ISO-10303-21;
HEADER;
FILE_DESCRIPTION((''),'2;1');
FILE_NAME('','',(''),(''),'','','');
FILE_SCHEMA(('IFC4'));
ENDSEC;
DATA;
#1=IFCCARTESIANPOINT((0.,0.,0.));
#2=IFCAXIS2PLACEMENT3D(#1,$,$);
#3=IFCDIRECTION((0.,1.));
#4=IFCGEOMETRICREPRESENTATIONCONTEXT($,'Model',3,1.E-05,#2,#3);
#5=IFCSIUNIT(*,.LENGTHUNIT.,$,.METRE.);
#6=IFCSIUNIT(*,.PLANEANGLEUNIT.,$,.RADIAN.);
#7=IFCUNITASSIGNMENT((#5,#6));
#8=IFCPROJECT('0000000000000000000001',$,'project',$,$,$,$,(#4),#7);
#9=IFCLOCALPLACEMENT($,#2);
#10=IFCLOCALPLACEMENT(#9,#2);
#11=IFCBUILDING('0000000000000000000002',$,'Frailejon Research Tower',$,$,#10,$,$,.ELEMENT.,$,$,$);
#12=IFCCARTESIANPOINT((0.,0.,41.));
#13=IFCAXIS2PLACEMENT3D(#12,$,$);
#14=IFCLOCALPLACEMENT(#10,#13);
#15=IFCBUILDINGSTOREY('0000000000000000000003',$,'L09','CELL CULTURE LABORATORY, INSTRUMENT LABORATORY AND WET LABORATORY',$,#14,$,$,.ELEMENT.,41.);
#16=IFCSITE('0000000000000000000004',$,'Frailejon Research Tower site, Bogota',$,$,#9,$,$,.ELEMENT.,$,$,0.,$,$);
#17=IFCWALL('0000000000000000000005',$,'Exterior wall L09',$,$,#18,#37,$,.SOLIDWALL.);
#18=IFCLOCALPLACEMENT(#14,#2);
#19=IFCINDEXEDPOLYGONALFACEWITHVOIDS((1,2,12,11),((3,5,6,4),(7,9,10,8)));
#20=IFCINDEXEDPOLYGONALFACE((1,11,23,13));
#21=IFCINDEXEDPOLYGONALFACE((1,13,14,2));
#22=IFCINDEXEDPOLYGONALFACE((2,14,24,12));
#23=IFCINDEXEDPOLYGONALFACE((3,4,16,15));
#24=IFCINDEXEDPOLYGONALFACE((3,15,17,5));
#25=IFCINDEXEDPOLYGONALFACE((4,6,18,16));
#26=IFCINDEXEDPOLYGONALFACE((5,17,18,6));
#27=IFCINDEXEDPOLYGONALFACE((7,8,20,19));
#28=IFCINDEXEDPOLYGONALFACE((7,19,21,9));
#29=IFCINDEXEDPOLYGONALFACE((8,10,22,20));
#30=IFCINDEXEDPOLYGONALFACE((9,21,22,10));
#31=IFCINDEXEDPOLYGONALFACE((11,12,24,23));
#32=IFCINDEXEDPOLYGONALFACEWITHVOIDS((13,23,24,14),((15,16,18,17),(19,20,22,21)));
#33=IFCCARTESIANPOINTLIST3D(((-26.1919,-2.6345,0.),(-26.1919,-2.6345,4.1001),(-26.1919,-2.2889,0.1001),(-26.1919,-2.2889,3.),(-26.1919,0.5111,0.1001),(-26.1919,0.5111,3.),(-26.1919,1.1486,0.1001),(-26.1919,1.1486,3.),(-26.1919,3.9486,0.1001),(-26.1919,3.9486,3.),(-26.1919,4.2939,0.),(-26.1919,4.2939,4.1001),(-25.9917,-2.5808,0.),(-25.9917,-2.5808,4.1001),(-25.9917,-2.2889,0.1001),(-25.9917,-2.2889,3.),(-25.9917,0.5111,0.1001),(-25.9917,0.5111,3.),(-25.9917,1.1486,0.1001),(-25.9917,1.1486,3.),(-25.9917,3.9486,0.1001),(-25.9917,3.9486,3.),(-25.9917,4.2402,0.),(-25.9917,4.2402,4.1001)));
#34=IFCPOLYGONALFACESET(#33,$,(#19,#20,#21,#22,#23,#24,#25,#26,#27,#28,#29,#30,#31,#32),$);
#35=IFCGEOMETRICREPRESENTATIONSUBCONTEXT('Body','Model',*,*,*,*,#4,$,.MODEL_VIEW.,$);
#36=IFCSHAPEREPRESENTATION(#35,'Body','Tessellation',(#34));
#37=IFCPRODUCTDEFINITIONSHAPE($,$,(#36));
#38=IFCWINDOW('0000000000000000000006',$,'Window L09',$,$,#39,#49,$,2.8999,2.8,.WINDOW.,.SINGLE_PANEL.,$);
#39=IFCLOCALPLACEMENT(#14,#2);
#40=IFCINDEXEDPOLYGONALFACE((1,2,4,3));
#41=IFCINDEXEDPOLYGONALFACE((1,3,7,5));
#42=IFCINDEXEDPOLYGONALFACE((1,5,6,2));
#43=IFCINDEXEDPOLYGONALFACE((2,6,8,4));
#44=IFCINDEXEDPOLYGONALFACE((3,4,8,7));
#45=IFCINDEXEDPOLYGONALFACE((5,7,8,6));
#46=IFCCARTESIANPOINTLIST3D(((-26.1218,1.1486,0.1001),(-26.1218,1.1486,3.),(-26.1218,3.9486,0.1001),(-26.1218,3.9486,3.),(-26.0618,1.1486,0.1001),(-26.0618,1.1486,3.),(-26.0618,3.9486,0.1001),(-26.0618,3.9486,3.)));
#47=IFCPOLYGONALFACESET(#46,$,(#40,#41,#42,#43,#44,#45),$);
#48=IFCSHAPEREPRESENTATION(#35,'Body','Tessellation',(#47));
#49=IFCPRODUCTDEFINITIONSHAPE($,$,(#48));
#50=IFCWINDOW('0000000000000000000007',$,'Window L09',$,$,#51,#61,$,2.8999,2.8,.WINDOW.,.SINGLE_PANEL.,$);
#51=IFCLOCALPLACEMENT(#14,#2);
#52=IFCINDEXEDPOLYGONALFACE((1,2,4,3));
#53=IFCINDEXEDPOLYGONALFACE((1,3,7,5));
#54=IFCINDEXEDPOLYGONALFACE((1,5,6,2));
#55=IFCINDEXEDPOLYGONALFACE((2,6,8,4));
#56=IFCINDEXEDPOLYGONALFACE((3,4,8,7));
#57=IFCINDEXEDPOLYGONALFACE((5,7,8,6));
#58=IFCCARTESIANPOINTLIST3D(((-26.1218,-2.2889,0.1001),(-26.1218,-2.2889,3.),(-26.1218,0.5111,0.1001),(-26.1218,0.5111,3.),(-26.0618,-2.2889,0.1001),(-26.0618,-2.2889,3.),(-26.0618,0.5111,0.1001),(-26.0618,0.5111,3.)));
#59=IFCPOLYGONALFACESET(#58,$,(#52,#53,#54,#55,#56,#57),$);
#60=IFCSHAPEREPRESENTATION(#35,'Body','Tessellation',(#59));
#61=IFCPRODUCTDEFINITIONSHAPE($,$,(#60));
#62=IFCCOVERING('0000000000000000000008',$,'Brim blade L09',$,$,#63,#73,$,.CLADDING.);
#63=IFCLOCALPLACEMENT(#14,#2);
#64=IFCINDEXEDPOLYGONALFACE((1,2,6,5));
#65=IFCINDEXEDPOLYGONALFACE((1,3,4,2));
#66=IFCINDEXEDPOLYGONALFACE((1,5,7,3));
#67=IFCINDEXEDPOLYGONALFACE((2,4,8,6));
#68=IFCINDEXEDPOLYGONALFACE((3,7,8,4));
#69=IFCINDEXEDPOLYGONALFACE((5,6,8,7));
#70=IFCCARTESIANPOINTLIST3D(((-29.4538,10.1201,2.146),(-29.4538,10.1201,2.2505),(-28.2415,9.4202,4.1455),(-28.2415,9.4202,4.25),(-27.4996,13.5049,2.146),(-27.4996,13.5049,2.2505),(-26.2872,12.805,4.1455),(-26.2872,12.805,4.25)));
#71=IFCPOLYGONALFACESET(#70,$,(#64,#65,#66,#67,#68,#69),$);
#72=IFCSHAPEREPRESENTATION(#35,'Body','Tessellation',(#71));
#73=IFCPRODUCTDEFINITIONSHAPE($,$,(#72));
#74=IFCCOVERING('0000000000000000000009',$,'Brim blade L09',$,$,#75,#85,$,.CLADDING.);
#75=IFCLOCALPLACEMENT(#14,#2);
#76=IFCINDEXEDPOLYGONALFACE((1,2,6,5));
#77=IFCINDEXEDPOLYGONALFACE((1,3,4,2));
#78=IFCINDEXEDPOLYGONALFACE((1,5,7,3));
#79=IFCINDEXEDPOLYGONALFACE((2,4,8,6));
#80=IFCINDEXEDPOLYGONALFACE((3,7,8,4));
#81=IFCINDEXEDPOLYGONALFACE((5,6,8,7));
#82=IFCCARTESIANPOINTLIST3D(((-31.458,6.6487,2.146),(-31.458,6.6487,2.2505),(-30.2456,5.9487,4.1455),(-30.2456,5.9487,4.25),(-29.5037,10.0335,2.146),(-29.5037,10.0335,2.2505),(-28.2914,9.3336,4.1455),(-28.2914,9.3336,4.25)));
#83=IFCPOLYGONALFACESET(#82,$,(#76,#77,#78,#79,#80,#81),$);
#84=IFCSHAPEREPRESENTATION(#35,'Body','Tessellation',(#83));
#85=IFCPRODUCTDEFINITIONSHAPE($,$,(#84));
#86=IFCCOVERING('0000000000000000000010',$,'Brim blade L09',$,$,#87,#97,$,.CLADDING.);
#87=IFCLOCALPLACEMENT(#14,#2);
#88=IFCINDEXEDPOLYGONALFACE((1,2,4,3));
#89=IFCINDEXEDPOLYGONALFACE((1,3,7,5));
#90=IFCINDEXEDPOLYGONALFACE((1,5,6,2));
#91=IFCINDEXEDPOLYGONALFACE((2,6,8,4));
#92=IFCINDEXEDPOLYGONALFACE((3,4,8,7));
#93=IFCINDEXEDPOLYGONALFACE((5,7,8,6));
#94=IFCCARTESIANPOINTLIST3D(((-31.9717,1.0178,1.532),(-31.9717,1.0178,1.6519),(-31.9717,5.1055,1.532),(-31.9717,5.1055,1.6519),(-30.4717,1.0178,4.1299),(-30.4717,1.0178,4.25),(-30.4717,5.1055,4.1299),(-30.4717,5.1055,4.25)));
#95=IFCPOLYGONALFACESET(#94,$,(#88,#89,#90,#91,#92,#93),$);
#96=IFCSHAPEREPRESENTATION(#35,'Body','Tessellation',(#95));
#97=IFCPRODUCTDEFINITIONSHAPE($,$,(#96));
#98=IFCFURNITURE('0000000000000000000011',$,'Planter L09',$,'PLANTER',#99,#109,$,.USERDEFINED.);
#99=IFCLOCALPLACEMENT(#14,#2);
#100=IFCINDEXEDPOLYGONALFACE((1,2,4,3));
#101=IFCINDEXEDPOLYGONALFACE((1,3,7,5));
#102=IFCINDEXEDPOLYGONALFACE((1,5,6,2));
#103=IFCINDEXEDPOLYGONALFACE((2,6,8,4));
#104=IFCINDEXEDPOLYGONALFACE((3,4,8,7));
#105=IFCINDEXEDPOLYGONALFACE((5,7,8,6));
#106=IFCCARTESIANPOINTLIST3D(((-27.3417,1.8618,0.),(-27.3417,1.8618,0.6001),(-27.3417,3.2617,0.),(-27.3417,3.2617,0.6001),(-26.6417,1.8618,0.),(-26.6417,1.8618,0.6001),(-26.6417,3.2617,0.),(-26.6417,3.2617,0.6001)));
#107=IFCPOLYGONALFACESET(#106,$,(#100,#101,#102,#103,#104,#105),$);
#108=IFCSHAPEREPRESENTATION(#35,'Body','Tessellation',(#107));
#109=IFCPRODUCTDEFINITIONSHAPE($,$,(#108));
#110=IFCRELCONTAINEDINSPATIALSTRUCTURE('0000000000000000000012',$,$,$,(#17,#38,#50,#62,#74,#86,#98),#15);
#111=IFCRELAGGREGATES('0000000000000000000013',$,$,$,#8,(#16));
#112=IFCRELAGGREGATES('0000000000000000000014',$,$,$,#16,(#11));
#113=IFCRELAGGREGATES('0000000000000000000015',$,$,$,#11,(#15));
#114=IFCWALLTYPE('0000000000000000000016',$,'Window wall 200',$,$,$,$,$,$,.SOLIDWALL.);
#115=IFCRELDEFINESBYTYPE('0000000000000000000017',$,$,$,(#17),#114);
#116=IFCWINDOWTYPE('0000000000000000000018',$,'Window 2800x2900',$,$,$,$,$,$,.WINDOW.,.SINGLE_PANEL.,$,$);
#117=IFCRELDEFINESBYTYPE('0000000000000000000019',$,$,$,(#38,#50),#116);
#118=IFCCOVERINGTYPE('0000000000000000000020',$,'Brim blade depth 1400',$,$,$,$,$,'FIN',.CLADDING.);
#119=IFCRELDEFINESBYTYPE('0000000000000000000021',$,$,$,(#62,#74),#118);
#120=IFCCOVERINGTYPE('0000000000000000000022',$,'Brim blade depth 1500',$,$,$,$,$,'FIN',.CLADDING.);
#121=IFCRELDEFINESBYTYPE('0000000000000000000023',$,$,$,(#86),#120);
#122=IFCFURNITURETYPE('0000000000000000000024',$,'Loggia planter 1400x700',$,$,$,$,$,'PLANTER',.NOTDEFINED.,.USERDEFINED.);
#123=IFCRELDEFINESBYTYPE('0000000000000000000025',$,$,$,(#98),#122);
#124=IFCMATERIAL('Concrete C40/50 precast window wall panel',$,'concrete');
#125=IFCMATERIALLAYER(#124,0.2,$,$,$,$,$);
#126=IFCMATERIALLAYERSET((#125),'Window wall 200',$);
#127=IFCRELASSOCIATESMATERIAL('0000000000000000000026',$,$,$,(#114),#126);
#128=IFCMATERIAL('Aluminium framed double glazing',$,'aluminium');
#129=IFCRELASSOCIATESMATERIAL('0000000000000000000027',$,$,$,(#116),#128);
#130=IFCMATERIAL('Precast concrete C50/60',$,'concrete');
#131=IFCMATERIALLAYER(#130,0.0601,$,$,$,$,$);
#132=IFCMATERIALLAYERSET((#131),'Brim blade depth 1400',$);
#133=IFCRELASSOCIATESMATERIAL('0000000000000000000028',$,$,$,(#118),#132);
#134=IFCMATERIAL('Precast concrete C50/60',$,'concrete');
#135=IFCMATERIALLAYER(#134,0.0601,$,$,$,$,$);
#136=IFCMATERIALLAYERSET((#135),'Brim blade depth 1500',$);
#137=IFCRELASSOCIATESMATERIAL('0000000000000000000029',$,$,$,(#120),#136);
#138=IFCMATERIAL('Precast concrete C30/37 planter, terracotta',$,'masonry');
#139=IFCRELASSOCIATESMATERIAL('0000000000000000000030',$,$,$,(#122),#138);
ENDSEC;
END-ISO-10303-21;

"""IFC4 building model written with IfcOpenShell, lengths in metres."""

from ifc_helpers import new_model, si_unit, direction, frame, frame_2d, origin, origin_2d, place, context, subcontext, project, spatial, polyline, rectangle, outline, extrude, material, layer, layer_set, type_object, element, fill, save


model = new_model("IFC4")

# Units and contexts
model_context = context("Model", 3, precision=1e-05, world=origin(), true_north=direction((0.0, 1.0)))
body_context = subcontext(model_context, "Body", "Model", "MODEL_VIEW")
ifc_project = project(units=[si_unit("LENGTHUNIT", "METRE"), si_unit("PLANEANGLEUNIT", "RADIAN")], contexts=[model_context])

# Site, building, storey
site_placement = place(None, origin())
site = spatial("IfcSite", under=ifc_project, at=site_placement, Name="Frailejon Research Tower site, Bogota", CompositionType="ELEMENT", RefElevation=0.0)
building_placement = place(site_placement, origin())
building = spatial("IfcBuilding", under=site, at=building_placement, Name="Frailejon Research Tower", CompositionType="ELEMENT")
storey_placement = place(building_placement, frame((0.0, 0.0, 41.0)))
storey = spatial("IfcBuildingStorey", under=building, at=storey_placement, Name="L09", Description="CELL CULTURE LABORATORY, INSTRUMENT LABORATORY AND WET LABORATORY", CompositionType="ELEMENT", Elevation=41.0)

# Wall, openings, windows
ifc_material_1 = material(Name="Concrete C40/50 precast window wall panel", Category="concrete")
ifc_layer_1 = layer(ifc_material_1, 0.2)
ifc_layer_set_1 = layer_set([ifc_layer_1], Name="Window wall 200")
wall_type = type_object("IfcWallType", Name="Window wall 200", PredefinedType="SOLIDWALL", material=ifc_layer_set_1)
wall_placement = place(storey_placement, frame((-26.0918, 4.2671, 0.0), z_axis=(0.0, 0.0, 1.0), x_axis=(0.0, -1.0, 0.0)))
wall = element("IfcWall", 1, at=wall_placement, inside=storey, type_object=wall_type, Name="Exterior wall L09", PredefinedType="SOLIDWALL", context=body_context, shape_type="SweptSolid", body=[
    extrude(outline(polyline([(-0.0269, -0.1001), (1.1279, -0.1001), (2.2827, -0.1001), (3.4375, -0.1001), (4.592, -0.1001), (5.7468, -0.1001), (6.9016, -0.1001), (6.8479, 0.1001), (5.7109, 0.1001), (4.5742, 0.1001), (3.4375, 0.1001), (2.3005, 0.1001), (1.1636, 0.1001), (0.0269, 0.1001), (-0.0269, -0.1001)])), origin(), (0.0, 0.0, 1.0), 4.1001),
])
opening_1_placement = place(wall_placement, frame((0.3186, 0.0, 0.1001)))
opening_1 = element("IfcOpeningElement", 2, at=opening_1_placement, cuts=wall, PredefinedType="OPENING", context=body_context, shape_type="SweptSolid", body=[
    extrude(rectangle(XDim=2.8, YDim=2.8999, at=frame_2d((1.3999, 1.45))), frame((0.0, 0.1099, 0.0), z_axis=(0.0, -1.0, 0.0), x_axis=(1.0, 0.0, 0.0)), (0.0, 0.0, 1.0), 0.22),
])
opening_2_placement = place(wall_placement, frame((3.7561, 0.0, 0.1001)))
opening_2 = element("IfcOpeningElement", 3, at=opening_2_placement, cuts=wall, PredefinedType="OPENING", context=body_context, shape_type="SweptSolid", body=[
    extrude(rectangle(XDim=2.8, YDim=2.8999, at=frame_2d((1.3999, 1.45))), frame((0.0, 0.1099, 0.0), z_axis=(0.0, -1.0, 0.0), x_axis=(1.0, 0.0, 0.0)), (0.0, 0.0, 1.0), 0.22),
])
ifc_material_2 = material(Name="Aluminium framed double glazing", Category="aluminium")
window_type = type_object("IfcWindowType", Name="Window 2800x2900", PartitioningType="SINGLE_PANEL", PredefinedType="WINDOW", material=ifc_material_2)
window_1_placement = place(opening_1_placement, origin())
window_1 = element("IfcWindow", 4, at=window_1_placement, inside=storey, type_object=window_type, Name="Window L09", OverallHeight=2.8999, OverallWidth=2.8, PartitioningType="SINGLE_PANEL", PredefinedType="WINDOW", context=body_context, shape_type="SweptSolid", body=[
    extrude(rectangle(XDim=2.8, YDim=2.8999, at=frame_2d((1.3999, 1.45))), frame((0.0, 0.03, 0.0), z_axis=(0.0, -1.0, 0.0), x_axis=(1.0, 0.0, 0.0)), (0.0, 0.0, 1.0), 0.0601),
])
fill(opening_1, window_1)
window_2_placement = place(opening_2_placement, origin())
window_2 = element("IfcWindow", 5, at=window_2_placement, inside=storey, type_object=window_type, Name="Window L09", OverallHeight=2.8999, OverallWidth=2.8, PartitioningType="SINGLE_PANEL", PredefinedType="WINDOW", context=body_context, shape_type="SweptSolid", body=[
    extrude(rectangle(XDim=2.8, YDim=2.8999, at=frame_2d((1.3999, 1.45))), frame((0.0, 0.03, 0.0), z_axis=(0.0, -1.0, 0.0), x_axis=(1.0, 0.0, 0.0)), (0.0, 0.0, 1.0), 0.0601),
])
fill(opening_2, window_2)

# Coverings
ifc_material_3 = material(Name="Precast concrete C50/60", Category="concrete")
ifc_layer_2 = layer(ifc_material_3, 0.0601)
ifc_layer_set_2 = layer_set([ifc_layer_2], Name="Brim blade depth 1400")
covering_type_1 = type_object("IfcCoveringType", Name="Brim blade depth 1400", ElementType="FIN", PredefinedType="CLADDING", material=ifc_layer_set_2)
for number, where, z_axis, x_axis, name in (
    (6, (-28.2415, 9.4202, 4.25), (0.499997, 0.866027, 0.0), (-0.866027, 0.499997, 0.0), "Brim blade L09"),
    (7, (-30.2456, 5.9487, 4.25), (0.499997, 0.866027, 0.0), (-0.866027, 0.499997, 0.0), "Brim blade L09"),
):
    element("IfcCovering", number, at=place(storey_placement, frame(where, z_axis=z_axis, x_axis=x_axis)), inside=storey, type_object=covering_type_1, Name=name, PredefinedType="CLADDING", context=body_context, shape_type="SweptSolid", body=[
        extrude(outline(polyline([(0.0, -0.1045), (1.3999, -2.104), (1.3999, -1.9995), (0.0, 0.0), (0.0, -0.1045)])), origin(), (0.0, 0.0, 1.0), 3.9084),
    ])
ifc_material_4 = material(Name="Precast concrete C50/60", Category="concrete")
ifc_layer_3 = layer(ifc_material_4, 0.0601)
ifc_layer_set_3 = layer_set([ifc_layer_3], Name="Brim blade depth 1500")
covering_type_2 = type_object("IfcCoveringType", Name="Brim blade depth 1500", ElementType="FIN", PredefinedType="CLADDING", material=ifc_layer_set_3)
covering_placement = place(storey_placement, frame((-30.4717, 1.0178, 4.25), z_axis=(0.0, 1.0, 0.0), x_axis=(-1.0, 0.0, 0.0)))
element("IfcCovering", 8, at=covering_placement, inside=storey, type_object=covering_type_2, Name="Brim blade L09", PredefinedType="CLADDING", context=body_context, shape_type="SweptSolid", body=[
    extrude(outline(polyline([(0.0, -0.1201), (1.5, -2.718), (1.5, -2.5981), (0.0, 0.0), (0.0, -0.1201)])), origin(), (0.0, 0.0, 1.0), 4.0876),
])

# Furniture
ifc_material_5 = material(Name="Precast concrete C30/37 planter, terracotta", Category="masonry")
furniture_type = type_object("IfcFurnitureType", Name="Loggia planter 1400x700", ElementType="PLANTER", AssemblyPlace="NOTDEFINED", PredefinedType="USERDEFINED", material=ifc_material_5)
furniture_placement = place(storey_placement, frame((-26.9917, 2.5618, 0.0), z_axis=(0.0, 0.0, 1.0), x_axis=(0.0, -1.0, 0.0)))
element("IfcFurniture", 9, at=furniture_placement, inside=storey, type_object=furniture_type, Name="Planter L09", ObjectType="PLANTER", PredefinedType="USERDEFINED", context=body_context, shape_type="SweptSolid", body=[
    extrude(rectangle(XDim=1.3999, YDim=0.7, at=origin_2d()), origin(), (0.0, 0.0, 1.0), 0.6001),
])

save(model, "model.ifc")
